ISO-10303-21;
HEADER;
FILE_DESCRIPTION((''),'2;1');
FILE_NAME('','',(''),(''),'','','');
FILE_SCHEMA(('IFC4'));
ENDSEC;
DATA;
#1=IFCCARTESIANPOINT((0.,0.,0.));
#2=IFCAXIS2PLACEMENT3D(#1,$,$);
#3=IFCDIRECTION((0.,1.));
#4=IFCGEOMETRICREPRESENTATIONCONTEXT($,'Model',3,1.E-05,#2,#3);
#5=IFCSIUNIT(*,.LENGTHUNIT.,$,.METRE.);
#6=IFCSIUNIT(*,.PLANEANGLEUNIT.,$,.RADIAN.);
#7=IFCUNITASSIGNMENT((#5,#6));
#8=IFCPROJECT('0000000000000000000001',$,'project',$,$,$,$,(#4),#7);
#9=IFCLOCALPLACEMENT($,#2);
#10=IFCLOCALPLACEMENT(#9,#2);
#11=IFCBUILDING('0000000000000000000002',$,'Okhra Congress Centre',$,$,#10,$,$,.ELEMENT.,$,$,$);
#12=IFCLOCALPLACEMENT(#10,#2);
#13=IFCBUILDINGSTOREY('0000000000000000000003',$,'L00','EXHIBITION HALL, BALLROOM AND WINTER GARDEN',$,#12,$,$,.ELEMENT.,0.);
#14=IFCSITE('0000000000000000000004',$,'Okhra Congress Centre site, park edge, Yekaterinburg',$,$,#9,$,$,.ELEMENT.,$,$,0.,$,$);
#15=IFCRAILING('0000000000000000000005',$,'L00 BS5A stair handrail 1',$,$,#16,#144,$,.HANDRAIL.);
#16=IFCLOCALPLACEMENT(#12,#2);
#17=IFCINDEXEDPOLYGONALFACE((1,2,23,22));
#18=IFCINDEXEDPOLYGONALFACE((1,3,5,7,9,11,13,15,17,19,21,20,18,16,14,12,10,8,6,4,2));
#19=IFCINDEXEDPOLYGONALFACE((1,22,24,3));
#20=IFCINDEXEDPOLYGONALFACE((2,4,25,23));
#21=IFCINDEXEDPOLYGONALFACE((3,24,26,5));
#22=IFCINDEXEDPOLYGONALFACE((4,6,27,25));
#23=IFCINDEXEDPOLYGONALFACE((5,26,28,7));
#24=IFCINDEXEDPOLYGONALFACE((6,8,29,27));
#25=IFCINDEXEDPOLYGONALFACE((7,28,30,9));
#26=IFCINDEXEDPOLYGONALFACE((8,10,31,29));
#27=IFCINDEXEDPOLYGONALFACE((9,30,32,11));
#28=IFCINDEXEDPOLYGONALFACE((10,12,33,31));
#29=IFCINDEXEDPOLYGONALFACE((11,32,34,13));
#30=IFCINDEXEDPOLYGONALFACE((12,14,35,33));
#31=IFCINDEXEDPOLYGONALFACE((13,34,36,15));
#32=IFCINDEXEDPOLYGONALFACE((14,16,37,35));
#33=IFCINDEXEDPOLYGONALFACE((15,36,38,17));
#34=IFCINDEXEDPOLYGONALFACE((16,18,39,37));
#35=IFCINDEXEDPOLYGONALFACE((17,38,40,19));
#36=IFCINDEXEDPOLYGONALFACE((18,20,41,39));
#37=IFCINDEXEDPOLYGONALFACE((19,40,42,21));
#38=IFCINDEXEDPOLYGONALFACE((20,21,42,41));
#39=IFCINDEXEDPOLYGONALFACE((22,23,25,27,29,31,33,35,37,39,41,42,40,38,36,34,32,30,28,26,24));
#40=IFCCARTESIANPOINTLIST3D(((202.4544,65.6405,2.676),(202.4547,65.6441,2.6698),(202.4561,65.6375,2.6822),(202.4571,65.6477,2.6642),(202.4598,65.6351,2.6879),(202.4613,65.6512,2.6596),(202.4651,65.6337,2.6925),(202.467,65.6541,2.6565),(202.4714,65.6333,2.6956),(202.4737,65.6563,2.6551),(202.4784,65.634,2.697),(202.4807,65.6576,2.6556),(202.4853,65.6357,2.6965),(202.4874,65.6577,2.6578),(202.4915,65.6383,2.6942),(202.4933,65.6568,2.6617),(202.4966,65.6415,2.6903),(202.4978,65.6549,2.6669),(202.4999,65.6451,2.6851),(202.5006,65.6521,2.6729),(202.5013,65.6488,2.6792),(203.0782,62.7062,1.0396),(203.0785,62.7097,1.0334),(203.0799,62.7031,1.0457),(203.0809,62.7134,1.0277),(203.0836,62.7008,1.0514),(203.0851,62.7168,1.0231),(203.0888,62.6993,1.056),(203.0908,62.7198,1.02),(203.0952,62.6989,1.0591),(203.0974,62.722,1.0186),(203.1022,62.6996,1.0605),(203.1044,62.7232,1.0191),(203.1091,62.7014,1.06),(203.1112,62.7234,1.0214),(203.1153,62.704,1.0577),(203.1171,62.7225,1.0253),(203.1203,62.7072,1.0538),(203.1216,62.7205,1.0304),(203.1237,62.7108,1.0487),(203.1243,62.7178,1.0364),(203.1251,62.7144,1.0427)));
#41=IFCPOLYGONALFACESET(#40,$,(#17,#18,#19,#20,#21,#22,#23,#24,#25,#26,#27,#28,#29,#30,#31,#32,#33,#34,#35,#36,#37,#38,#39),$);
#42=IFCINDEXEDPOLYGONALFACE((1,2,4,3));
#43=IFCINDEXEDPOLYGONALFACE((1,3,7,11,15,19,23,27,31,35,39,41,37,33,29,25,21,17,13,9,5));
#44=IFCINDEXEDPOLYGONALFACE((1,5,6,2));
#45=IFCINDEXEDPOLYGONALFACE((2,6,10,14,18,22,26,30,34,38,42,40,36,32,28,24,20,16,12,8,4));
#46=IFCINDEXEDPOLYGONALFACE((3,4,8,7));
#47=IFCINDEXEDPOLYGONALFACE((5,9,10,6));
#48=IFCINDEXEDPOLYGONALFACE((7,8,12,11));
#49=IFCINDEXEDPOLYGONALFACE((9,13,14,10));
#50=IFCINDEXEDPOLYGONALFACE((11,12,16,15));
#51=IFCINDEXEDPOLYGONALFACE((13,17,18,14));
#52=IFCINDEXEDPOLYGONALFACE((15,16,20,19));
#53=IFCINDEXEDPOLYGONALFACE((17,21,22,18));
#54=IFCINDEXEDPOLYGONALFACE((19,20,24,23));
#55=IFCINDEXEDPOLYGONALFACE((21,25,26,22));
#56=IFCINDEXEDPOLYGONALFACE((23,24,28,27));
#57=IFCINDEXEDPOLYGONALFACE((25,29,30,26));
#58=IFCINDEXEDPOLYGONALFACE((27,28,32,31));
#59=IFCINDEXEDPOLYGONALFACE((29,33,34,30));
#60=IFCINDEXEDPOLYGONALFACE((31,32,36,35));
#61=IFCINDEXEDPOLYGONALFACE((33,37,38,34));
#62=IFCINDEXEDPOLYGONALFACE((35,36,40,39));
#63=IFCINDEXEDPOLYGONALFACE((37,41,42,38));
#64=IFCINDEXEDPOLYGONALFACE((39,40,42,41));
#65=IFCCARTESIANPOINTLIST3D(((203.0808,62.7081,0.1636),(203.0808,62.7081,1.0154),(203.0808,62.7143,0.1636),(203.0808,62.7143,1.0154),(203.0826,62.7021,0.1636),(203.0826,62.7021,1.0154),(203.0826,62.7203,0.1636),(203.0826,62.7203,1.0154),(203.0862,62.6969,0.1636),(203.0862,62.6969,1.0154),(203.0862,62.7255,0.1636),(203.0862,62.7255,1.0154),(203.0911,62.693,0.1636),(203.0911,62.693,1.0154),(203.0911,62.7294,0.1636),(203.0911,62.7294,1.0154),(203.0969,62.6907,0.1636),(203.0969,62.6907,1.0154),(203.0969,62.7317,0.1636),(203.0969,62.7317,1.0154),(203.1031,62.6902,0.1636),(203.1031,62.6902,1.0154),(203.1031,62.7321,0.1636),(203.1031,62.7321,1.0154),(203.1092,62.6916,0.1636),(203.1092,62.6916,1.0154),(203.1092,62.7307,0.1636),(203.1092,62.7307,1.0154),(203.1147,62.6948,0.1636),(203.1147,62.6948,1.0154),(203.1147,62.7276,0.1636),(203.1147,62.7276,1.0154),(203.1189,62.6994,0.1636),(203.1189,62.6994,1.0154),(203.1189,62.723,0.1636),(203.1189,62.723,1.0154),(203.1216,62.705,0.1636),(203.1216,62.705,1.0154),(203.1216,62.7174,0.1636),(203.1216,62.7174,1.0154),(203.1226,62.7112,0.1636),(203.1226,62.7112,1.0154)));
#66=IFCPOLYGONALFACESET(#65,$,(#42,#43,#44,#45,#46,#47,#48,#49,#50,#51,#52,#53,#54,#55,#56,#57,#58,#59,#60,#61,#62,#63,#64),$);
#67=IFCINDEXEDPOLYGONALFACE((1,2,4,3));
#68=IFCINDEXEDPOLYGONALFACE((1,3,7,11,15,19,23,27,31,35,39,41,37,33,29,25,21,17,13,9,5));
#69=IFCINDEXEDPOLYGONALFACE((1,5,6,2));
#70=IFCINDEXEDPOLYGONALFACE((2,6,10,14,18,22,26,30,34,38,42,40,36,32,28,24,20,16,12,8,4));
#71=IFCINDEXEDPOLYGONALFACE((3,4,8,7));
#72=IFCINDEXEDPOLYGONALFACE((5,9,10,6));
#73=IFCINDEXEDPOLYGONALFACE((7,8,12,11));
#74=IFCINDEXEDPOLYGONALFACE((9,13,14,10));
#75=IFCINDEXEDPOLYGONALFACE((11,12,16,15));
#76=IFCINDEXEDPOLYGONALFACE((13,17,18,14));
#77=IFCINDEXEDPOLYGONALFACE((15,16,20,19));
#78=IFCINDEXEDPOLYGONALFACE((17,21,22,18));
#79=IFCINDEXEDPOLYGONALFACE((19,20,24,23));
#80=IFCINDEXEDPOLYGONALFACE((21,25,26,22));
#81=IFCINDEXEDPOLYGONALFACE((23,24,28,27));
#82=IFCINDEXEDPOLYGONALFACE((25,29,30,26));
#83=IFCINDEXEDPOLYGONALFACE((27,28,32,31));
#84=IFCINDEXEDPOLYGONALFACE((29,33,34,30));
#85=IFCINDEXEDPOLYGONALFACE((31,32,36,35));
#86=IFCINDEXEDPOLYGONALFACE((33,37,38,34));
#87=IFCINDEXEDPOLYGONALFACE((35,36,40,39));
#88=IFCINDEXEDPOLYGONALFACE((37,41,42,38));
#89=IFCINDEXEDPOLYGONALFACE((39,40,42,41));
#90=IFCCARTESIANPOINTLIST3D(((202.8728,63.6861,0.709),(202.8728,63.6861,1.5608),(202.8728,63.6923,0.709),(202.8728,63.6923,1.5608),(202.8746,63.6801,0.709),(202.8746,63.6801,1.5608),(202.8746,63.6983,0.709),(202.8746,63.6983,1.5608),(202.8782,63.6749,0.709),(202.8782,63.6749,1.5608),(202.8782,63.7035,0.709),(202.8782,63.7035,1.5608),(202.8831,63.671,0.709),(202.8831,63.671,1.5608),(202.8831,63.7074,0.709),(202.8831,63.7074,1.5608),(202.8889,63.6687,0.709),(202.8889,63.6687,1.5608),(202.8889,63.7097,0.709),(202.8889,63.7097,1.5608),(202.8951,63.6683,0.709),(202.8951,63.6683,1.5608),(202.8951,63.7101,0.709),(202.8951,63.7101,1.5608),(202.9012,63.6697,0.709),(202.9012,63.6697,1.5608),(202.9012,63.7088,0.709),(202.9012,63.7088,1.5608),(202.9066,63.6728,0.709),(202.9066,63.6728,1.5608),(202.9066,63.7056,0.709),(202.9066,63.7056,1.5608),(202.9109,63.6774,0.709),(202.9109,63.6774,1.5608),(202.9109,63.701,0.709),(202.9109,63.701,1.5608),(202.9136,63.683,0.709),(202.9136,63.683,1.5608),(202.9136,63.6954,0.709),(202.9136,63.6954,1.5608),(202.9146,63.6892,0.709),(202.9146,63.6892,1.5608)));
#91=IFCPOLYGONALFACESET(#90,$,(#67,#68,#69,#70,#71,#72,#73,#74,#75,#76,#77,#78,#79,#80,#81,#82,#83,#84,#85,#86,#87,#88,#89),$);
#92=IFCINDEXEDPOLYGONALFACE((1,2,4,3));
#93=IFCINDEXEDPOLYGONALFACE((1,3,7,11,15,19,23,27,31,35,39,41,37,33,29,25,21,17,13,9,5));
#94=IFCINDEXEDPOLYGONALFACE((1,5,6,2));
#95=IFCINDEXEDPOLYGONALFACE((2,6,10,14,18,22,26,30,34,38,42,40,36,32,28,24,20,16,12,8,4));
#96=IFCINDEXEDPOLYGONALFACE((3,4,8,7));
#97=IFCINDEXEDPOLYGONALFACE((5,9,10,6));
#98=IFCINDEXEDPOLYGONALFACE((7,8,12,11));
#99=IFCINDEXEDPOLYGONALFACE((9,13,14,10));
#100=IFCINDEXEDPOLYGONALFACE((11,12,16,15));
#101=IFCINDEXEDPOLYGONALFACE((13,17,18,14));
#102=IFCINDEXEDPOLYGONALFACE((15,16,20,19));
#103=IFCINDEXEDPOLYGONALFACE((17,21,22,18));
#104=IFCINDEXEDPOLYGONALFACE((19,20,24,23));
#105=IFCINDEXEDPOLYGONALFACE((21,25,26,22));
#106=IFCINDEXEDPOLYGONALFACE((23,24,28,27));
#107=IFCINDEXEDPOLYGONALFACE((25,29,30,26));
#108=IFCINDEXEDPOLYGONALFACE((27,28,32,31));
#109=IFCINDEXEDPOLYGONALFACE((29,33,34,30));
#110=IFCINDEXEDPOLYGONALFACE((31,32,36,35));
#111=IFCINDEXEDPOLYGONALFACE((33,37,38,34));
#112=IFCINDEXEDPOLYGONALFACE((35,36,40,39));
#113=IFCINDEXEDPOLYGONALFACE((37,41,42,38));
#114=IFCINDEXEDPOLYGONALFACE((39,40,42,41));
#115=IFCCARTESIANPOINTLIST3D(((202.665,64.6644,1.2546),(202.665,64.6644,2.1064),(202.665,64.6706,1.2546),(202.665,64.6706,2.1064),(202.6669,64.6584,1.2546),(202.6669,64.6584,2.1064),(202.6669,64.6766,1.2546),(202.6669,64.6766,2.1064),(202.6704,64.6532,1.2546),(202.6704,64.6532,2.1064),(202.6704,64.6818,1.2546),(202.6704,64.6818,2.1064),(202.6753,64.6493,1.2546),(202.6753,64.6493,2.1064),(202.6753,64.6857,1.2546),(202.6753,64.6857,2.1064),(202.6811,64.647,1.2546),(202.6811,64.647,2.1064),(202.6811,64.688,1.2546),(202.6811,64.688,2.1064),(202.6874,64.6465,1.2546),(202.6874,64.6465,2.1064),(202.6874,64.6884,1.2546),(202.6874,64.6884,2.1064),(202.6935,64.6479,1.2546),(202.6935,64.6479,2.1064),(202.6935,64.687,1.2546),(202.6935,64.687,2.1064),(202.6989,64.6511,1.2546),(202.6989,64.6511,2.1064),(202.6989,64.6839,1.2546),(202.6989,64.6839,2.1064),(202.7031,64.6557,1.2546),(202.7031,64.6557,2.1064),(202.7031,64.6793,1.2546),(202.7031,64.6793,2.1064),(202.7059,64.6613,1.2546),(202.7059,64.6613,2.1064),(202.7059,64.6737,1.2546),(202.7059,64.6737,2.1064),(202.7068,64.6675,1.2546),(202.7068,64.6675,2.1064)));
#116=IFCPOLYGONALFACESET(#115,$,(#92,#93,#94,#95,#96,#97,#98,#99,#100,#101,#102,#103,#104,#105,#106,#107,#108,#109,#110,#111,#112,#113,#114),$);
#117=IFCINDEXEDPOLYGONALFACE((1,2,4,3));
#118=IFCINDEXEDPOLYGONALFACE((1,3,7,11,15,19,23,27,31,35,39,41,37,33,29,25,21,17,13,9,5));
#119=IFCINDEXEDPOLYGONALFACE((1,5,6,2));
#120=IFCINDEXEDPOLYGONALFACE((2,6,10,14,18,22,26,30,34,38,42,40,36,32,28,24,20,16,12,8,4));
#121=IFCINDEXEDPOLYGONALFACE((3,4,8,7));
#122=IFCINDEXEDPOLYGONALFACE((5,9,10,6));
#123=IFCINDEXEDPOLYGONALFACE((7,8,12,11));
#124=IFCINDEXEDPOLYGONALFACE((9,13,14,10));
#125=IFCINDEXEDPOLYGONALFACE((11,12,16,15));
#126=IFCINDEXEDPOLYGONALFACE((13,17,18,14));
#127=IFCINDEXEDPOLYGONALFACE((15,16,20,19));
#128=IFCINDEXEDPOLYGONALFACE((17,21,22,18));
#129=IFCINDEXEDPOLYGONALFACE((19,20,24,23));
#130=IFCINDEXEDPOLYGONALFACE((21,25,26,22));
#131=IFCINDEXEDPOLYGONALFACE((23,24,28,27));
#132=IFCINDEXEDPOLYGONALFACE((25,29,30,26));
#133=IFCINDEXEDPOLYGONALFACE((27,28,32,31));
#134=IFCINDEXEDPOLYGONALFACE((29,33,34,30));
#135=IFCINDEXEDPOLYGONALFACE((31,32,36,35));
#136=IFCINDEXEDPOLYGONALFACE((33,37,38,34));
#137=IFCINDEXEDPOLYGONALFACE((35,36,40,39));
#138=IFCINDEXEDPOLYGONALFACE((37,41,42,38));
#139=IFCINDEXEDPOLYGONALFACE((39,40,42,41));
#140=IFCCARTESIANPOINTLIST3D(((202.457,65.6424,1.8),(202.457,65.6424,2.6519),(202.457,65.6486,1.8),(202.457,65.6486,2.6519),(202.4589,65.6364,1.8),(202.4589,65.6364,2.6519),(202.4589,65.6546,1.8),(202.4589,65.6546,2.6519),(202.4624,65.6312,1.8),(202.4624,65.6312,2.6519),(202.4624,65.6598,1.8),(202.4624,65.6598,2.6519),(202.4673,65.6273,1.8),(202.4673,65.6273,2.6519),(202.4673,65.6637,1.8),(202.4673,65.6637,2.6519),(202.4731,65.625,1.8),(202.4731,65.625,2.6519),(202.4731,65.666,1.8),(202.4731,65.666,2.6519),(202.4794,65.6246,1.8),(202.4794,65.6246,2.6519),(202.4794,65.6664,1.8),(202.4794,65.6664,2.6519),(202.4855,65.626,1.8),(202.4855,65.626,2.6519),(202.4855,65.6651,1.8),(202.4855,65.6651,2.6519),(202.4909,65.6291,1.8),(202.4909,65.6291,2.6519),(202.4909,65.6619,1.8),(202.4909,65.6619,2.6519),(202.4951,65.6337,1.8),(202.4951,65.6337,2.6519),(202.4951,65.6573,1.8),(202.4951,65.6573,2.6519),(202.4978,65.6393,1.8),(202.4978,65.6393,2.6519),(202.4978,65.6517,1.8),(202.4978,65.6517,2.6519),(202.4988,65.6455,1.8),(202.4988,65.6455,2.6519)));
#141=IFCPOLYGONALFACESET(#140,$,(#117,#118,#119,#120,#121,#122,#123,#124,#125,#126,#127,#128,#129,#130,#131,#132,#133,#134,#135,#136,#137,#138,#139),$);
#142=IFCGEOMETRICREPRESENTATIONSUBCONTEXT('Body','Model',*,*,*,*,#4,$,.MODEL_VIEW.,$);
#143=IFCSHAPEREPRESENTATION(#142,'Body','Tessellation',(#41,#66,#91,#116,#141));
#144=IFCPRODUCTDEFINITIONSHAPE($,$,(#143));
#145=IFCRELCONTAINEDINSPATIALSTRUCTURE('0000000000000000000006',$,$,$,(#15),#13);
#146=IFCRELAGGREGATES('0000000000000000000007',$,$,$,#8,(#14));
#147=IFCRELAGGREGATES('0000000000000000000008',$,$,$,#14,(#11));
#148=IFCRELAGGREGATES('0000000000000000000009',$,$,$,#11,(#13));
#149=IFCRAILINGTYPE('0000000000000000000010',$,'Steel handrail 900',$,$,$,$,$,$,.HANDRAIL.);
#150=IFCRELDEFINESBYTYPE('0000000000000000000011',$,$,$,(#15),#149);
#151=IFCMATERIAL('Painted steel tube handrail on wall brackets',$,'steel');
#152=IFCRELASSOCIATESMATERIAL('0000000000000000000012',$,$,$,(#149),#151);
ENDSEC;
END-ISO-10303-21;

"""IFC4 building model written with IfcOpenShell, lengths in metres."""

from ifc_helpers import new_model, si_unit, direction, frame, origin, origin_2d, place, context, subcontext, project, spatial, circle, extrude, material, type_object, element, save


model = new_model("IFC4")

# Units and contexts
model_context = context("Model", 3, precision=1e-05, world=origin(), true_north=direction((0.0, 1.0)))
body_context = subcontext(model_context, "Body", "Model", "MODEL_VIEW")
ifc_project = project(units=[si_unit("LENGTHUNIT", "METRE"), si_unit("PLANEANGLEUNIT", "RADIAN")], contexts=[model_context])

# Site, building, storey
site_placement = place(None, origin())
site = spatial("IfcSite", under=ifc_project, at=site_placement, Name="Okhra Congress Centre site, park edge, Yekaterinburg", CompositionType="ELEMENT", RefElevation=0.0)
building_placement = place(site_placement, origin())
building = spatial("IfcBuilding", under=site, at=building_placement, Name="Okhra Congress Centre", CompositionType="ELEMENT")
storey_placement = place(building_placement, origin())
storey = spatial("IfcBuildingStorey", under=building, at=storey_placement, Name="L00", Description="EXHIBITION HALL, BALLROOM AND WINTER GARDEN", CompositionType="ELEMENT", Elevation=0.0)

# Railing
ifc_material_1 = material(Name="Painted steel tube handrail on wall brackets", Category="steel")
railing_type_1 = type_object("IfcRailingType", Name="Steel handrail 900", PredefinedType="HANDRAIL", material=ifc_material_1)
railing_1_placement = place(storey_placement, frame((203.1016, 62.7112, 0.1636)))
element("IfcRailing", 1, at=railing_1_placement, inside=storey, type_object=railing_type_1, Name="L00 BS5A stair handrail 1", PredefinedType="HANDRAIL", context=body_context, shape_type="SweptSolid", body=[
    extrude(circle(Radius=0.0239, at=origin_2d()), frame((0.0, 0.0, 0.876), z_axis=(-0.18254, 0.858687, 0.47889), x_axis=(-0.978143, -0.207934, 0.0)), (0.0, 0.0, 1.0), 3.4172),
    extrude(circle(Radius=0.021, at=origin_2d()), origin(), (0.0, 0.0, 1.0), 0.8518),
    extrude(circle(Radius=0.021, at=origin_2d()), frame((-0.208, 0.978, 0.5454)), (0.0, 0.0, 1.0), 0.8518),
    extrude(circle(Radius=0.021, at=origin_2d()), frame((-0.4158, 1.9563, 1.0911)), (0.0, 0.0, 1.0), 0.8518),
    extrude(circle(Radius=0.021, at=origin_2d()), frame((-0.6238, 2.9343, 1.6365)), (0.0, 0.0, 1.0), 0.8518),
])

save(model, "model.ifc")
